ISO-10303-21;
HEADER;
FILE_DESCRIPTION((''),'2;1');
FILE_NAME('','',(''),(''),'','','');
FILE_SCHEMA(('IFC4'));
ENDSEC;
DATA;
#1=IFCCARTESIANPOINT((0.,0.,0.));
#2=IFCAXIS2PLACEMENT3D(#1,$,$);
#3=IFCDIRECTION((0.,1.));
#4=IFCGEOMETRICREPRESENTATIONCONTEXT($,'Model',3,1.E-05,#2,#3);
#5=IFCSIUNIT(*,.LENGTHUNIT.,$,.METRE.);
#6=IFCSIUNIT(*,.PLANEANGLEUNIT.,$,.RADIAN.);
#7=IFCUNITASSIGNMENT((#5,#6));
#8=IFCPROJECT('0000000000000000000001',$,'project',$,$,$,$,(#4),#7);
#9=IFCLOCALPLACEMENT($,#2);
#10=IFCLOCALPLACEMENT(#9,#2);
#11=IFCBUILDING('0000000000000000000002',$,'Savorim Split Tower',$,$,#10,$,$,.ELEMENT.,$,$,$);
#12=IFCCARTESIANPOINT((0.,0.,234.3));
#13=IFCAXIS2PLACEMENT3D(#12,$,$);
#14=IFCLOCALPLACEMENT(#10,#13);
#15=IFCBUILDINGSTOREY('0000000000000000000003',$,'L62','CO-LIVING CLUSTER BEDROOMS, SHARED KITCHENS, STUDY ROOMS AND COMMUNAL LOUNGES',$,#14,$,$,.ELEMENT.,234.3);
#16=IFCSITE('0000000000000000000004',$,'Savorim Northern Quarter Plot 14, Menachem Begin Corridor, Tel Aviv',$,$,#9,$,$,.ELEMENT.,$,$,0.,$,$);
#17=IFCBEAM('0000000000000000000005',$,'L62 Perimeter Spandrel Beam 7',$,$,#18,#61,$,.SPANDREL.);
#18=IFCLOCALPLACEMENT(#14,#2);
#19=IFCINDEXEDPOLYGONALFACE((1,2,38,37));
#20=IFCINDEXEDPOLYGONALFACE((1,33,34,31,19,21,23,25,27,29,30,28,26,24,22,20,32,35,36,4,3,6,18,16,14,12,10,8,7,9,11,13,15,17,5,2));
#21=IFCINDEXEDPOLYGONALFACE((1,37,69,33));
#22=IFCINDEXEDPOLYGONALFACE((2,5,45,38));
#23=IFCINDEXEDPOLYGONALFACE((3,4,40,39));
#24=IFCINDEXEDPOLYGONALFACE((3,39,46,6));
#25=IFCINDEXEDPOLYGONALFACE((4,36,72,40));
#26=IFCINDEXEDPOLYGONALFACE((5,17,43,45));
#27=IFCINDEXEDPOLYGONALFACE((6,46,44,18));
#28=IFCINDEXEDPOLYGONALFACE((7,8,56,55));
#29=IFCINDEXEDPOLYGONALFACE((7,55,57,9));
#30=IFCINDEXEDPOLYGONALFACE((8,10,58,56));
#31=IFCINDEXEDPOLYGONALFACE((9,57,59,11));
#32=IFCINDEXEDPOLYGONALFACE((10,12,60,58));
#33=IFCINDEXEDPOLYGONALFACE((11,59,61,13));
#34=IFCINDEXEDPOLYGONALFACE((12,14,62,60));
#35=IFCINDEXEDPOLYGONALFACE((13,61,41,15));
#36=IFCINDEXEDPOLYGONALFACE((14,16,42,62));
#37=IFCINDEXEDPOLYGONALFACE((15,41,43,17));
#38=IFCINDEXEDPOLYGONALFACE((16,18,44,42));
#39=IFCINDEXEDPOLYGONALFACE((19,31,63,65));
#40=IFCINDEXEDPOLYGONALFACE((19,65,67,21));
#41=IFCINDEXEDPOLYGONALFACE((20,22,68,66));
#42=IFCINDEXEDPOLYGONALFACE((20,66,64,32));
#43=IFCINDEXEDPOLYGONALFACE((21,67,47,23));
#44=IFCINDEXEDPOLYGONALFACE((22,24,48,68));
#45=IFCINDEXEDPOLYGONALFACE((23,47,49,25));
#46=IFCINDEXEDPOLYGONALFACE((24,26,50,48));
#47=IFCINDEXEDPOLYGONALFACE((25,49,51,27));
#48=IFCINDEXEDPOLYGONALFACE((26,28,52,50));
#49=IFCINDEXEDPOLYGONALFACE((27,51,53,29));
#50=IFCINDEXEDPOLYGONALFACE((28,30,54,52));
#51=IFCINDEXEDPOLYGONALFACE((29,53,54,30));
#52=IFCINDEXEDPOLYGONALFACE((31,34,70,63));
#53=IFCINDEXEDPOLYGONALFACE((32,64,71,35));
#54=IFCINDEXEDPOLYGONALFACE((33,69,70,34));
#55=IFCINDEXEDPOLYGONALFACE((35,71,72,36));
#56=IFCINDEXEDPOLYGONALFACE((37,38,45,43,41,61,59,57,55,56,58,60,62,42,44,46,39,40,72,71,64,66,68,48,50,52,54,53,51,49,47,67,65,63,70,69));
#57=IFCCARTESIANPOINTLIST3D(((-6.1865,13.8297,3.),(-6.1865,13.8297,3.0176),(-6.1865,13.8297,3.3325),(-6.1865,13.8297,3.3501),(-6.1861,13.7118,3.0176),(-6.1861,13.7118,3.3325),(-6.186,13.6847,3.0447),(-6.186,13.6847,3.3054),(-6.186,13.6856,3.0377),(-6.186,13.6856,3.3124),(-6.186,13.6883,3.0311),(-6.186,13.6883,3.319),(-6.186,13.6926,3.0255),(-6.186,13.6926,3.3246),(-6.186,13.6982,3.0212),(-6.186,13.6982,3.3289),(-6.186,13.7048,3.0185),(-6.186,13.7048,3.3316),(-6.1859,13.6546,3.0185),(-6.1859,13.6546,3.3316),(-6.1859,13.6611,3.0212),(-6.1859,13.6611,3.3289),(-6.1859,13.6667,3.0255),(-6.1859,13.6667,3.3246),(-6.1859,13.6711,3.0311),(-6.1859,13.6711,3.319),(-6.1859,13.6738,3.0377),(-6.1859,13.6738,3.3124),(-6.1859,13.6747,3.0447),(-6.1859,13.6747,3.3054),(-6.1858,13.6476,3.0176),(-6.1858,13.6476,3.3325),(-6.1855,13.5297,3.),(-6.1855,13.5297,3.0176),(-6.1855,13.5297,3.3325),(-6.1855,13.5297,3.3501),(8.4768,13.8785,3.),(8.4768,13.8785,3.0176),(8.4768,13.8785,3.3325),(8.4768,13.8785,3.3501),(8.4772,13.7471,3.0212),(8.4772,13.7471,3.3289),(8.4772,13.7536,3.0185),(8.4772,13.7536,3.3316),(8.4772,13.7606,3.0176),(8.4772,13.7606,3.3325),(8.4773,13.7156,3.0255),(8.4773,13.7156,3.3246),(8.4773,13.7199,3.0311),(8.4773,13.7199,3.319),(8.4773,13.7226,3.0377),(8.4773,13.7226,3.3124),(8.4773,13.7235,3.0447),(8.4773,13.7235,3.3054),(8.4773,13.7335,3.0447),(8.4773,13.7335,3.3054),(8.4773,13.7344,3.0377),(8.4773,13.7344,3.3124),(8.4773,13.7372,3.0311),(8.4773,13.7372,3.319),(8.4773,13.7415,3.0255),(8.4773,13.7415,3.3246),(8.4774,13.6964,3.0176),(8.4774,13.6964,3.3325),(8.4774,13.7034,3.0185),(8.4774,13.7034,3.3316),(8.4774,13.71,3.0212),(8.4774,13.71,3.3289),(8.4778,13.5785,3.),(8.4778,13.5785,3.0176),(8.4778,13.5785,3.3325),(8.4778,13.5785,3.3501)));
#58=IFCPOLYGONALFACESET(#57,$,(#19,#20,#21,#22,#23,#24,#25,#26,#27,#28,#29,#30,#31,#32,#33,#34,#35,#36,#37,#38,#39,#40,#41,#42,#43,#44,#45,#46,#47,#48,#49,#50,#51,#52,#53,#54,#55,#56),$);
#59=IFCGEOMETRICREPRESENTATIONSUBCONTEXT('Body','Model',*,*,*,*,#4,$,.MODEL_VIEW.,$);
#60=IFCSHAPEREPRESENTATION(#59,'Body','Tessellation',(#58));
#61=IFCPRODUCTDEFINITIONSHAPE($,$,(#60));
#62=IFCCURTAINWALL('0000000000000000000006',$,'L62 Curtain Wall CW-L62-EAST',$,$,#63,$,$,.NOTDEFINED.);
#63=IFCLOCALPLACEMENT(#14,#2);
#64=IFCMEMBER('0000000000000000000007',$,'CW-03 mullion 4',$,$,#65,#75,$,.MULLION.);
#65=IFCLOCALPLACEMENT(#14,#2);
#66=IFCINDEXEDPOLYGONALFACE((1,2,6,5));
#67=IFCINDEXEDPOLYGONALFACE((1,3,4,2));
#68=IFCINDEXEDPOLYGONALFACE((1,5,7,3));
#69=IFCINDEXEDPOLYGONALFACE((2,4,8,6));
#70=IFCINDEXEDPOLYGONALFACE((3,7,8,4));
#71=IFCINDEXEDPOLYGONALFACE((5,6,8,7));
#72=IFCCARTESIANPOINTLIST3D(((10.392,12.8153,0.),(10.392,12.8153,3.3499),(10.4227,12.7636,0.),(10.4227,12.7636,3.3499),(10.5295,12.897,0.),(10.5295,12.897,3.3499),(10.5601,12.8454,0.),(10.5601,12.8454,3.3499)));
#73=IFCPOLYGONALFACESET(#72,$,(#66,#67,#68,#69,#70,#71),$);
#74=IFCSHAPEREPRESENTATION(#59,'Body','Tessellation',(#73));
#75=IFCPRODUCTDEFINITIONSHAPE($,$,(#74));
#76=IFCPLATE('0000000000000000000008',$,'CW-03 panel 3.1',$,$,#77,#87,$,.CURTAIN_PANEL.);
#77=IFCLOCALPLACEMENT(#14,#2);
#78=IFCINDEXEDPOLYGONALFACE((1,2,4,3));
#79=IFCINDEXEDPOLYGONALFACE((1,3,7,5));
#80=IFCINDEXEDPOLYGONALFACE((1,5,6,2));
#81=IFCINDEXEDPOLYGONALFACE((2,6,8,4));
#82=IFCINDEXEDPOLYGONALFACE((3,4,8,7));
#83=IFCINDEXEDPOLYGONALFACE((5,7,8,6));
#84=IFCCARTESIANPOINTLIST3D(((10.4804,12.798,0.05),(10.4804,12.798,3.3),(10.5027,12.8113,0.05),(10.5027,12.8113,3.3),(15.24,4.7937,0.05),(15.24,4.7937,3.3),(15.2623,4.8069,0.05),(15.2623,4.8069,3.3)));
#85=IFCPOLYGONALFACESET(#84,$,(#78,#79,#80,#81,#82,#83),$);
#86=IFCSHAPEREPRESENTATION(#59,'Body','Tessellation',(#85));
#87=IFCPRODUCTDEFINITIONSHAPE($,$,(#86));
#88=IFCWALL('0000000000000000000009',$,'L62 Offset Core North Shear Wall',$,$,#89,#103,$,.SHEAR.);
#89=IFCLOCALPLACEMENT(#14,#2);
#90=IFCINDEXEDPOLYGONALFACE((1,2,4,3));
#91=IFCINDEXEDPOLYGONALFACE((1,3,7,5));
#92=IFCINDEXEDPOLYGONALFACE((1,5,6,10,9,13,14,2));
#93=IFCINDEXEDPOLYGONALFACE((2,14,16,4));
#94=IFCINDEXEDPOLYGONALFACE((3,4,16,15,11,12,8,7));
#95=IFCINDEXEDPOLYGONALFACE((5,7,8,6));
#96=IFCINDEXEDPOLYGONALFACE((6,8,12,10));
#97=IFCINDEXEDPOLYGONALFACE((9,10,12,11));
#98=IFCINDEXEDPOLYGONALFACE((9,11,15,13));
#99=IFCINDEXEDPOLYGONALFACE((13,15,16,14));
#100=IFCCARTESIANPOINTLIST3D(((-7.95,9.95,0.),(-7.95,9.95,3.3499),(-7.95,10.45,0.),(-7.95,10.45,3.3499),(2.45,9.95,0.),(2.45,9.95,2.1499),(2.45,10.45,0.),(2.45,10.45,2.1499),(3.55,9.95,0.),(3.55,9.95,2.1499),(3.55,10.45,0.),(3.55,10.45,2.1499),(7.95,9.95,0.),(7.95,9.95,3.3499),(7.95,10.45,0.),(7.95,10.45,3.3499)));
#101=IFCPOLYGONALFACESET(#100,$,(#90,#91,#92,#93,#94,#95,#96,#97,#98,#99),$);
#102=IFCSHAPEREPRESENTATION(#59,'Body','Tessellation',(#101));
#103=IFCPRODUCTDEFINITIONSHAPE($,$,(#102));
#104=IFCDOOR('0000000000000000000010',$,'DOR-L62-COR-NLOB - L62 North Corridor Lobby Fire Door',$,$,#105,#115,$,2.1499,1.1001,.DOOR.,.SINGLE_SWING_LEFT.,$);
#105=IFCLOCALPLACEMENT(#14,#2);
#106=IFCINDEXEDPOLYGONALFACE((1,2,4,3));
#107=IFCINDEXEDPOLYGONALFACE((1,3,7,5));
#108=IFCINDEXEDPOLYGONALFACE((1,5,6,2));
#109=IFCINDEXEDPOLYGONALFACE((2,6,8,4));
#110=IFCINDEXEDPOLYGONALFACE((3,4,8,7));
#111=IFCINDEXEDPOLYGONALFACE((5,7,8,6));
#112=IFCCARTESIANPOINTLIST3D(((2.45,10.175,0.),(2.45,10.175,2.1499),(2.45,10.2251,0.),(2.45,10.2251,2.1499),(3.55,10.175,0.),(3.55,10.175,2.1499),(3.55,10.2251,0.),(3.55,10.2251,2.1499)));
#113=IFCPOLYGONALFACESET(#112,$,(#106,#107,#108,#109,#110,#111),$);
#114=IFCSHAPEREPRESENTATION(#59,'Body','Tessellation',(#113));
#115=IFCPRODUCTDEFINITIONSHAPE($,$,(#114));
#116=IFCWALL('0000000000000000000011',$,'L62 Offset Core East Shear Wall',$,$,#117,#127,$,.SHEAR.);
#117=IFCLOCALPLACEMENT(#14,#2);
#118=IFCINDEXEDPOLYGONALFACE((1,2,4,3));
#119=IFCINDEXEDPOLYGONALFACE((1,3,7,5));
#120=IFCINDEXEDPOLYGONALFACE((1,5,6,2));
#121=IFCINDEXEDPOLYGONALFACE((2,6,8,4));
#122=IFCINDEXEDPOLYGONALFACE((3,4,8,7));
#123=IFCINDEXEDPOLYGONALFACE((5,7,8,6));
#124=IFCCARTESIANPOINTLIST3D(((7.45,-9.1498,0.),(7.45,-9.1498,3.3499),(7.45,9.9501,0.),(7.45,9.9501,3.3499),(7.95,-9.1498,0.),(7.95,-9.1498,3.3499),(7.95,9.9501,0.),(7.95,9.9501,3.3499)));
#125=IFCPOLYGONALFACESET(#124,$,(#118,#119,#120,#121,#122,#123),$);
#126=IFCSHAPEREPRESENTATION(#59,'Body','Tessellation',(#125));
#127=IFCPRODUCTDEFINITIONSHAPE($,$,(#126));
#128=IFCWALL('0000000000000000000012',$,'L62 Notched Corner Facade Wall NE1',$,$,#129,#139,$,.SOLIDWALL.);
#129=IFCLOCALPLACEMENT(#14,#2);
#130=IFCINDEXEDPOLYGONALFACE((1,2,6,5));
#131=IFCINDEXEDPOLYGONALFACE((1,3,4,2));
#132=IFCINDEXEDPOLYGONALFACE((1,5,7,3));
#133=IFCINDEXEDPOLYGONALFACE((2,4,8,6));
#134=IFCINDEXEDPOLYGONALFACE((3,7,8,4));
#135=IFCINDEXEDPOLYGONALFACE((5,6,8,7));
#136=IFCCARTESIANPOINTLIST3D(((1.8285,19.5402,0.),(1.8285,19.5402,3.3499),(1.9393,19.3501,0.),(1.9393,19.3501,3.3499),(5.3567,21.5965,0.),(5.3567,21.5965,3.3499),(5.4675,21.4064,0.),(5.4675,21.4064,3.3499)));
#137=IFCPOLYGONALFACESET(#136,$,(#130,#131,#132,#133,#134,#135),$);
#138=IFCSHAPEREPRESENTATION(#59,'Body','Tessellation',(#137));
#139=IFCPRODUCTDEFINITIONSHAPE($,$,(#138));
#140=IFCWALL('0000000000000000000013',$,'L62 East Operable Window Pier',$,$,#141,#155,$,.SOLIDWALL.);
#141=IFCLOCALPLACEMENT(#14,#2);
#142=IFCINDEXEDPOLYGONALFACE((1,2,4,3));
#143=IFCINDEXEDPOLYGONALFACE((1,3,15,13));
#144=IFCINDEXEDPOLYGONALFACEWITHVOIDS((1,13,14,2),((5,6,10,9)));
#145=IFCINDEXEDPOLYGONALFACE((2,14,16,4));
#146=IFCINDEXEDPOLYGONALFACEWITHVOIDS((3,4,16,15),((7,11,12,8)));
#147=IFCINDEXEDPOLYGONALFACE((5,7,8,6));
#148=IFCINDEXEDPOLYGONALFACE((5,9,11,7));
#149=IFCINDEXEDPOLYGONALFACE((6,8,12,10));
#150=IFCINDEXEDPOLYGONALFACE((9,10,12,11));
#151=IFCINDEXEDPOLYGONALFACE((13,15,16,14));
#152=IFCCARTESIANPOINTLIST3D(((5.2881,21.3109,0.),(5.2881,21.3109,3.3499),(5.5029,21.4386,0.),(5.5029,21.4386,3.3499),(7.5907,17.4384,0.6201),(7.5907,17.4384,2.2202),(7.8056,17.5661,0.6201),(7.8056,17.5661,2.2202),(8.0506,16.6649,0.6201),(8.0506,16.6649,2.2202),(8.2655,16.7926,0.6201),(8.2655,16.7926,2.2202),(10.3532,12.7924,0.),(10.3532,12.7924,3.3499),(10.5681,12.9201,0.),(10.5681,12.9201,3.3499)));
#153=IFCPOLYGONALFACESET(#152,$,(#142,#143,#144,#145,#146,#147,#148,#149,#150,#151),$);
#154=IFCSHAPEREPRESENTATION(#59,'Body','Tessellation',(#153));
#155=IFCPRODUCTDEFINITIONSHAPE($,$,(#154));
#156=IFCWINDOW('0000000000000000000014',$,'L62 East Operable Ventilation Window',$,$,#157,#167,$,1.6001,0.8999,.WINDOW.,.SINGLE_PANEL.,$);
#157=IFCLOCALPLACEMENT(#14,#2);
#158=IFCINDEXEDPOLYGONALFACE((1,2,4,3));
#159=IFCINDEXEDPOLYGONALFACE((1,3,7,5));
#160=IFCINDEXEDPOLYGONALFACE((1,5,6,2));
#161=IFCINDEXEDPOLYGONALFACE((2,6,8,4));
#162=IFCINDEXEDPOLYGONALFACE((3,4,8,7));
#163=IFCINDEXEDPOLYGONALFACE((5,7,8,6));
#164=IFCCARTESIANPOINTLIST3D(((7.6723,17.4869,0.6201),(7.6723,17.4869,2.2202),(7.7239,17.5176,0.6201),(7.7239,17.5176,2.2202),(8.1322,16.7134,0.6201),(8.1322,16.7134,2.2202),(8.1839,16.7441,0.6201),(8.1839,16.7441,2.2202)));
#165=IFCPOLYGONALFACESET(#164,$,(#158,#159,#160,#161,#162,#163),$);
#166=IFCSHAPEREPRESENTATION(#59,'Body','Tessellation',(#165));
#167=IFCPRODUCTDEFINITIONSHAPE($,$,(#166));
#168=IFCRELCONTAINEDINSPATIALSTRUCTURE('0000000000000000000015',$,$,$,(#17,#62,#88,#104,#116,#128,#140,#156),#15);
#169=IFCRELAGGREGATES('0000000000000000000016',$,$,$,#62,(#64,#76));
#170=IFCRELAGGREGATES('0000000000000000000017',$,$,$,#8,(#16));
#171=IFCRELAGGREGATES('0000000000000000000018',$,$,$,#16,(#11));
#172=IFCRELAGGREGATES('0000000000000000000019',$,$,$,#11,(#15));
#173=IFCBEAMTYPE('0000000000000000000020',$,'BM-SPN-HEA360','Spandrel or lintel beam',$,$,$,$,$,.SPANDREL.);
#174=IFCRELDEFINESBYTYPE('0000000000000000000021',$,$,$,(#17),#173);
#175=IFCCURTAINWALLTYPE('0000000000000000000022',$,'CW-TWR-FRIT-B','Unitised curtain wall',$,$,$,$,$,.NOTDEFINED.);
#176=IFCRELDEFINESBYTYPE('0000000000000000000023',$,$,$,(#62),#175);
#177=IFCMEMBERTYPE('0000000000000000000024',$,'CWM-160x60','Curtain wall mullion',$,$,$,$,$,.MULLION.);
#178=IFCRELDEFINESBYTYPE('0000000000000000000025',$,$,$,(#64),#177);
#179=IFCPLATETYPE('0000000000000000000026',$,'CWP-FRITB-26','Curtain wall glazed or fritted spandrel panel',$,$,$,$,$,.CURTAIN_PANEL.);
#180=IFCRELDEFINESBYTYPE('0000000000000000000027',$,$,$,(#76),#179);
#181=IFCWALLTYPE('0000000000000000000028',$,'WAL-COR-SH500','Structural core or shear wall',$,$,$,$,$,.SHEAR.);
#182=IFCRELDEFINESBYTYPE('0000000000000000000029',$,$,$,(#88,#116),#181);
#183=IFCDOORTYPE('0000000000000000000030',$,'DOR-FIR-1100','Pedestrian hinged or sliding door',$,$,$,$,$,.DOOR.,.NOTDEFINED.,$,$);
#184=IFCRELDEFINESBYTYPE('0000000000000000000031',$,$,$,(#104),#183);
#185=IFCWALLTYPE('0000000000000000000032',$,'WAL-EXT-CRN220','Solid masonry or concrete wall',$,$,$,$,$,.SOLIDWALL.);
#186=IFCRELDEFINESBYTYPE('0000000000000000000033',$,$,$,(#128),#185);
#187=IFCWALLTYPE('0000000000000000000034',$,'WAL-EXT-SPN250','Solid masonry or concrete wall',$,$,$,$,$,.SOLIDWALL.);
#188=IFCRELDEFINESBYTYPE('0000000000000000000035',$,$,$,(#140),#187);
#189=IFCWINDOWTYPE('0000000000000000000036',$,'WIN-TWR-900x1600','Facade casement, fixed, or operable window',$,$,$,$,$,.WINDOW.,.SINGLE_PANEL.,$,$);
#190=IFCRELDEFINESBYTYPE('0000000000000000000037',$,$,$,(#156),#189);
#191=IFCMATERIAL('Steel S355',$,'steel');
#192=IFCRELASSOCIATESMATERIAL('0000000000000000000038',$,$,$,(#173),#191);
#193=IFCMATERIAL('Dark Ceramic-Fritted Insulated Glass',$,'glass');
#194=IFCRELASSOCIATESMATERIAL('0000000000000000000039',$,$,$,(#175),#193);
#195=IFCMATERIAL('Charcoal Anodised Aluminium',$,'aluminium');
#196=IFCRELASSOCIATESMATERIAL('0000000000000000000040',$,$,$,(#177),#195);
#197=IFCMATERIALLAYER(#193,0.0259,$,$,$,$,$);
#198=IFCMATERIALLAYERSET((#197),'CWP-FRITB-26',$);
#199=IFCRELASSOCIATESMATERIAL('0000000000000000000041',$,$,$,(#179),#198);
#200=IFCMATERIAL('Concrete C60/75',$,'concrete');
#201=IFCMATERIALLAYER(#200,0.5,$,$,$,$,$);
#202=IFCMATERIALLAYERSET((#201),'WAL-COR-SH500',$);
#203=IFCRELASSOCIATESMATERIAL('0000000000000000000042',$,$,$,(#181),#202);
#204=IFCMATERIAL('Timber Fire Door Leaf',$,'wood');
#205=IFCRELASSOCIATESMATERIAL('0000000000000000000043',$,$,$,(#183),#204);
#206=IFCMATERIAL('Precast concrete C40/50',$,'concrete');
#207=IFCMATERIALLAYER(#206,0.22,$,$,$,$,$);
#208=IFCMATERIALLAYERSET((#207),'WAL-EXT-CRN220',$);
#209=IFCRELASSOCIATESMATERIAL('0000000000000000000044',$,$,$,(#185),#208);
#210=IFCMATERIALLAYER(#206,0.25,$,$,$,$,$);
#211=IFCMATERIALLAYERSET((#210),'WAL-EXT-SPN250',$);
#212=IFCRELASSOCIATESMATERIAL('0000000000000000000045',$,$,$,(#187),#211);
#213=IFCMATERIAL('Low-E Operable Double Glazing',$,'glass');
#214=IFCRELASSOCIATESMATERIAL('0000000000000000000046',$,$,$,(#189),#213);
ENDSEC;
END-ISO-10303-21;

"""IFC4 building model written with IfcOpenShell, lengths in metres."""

from ifc_helpers import new_model, si_unit, direction, frame, frame_2d, origin, origin_2d, place, context, subcontext, project, spatial, rectangle, i_section, extrude, material, layer, layer_set, material_profile, profile_set, type_object, element, fill, aggregate, save


model = new_model("IFC4")

# Units and contexts
model_context = context("Model", 3, precision=1e-05, world=origin(), true_north=direction((0.0, 1.0)))
body_context = subcontext(model_context, "Body", "Model", "MODEL_VIEW")
ifc_project = project(units=[si_unit("LENGTHUNIT", "METRE"), si_unit("PLANEANGLEUNIT", "RADIAN")], contexts=[model_context])

# Site, building, storey
site_placement = place(None, origin())
site = spatial("IfcSite", under=ifc_project, at=site_placement, Name="Savorim Northern Quarter Plot 14, Menachem Begin Corridor, Tel Aviv", CompositionType="ELEMENT", RefElevation=0.0)
building_placement = place(site_placement, origin())
building = spatial("IfcBuilding", under=site, at=building_placement, Name="Savorim Split Tower", CompositionType="ELEMENT")
storey_placement = place(building_placement, frame((0.0, 0.0, 234.3)))
storey = spatial("IfcBuildingStorey", under=building, at=storey_placement, Name="L62", Description="CO-LIVING CLUSTER BEDROOMS, SHARED KITCHENS, STUDY ROOMS AND COMMUNAL LOUNGES", CompositionType="ELEMENT", Elevation=234.3)

# Shared definitions
ifc_material_1 = material(Name="Steel S355", Category="steel")

# Beam
ifc_material_profile_1 = material_profile(ifc_material_1, i_section(OverallWidth=0.3, OverallDepth=0.3501, WebThickness=0.01, FlangeThickness=0.0176, FilletRadius=0.0271, at=origin_2d()), Name="HEA 360")
ifc_profile_set_1 = profile_set([ifc_material_profile_1], Name="Steel S355")
beam_type_1 = type_object("IfcBeamType", Name="BM-SPN-HEA360", Description="Spandrel or lintel beam", PredefinedType="SPANDREL", material=ifc_profile_set_1)
beam_1_placement = place(storey_placement, frame((8.4773, 13.7285, 3.175), z_axis=(-0.999994, -0.00333, 0.0), x_axis=(0.00333, -0.999994, 0.0)))
element("IfcBeam", 1, at=beam_1_placement, inside=storey, type_object=beam_type_1, Name="L62 Perimeter Spandrel Beam 7", PredefinedType="SPANDREL", context=body_context, shape_type="SweptSolid", body=[
    extrude(i_section(OverallWidth=0.3, OverallDepth=0.3501, WebThickness=0.01, FlangeThickness=0.0176, FilletRadius=0.0271, at=origin_2d()), origin(), (0.0, 0.0, 1.0), 14.6633),
])

# Curtain wall, member, plate
ifc_material_2 = material(Name="Dark Ceramic-Fritted Insulated Glass", Category="glass")
curtain_wall_type = type_object("IfcCurtainWallType", Name="CW-TWR-FRIT-B", Description="Unitised curtain wall", PredefinedType="NOTDEFINED", material=ifc_material_2)
curtain_wall_placement = place(storey_placement, origin())
curtain_wall = element("IfcCurtainWall", 2, at=curtain_wall_placement, inside=storey, type_object=curtain_wall_type, Name="L62 Curtain Wall CW-L62-EAST", PredefinedType="NOTDEFINED")
ifc_material_3 = material(Name="Charcoal Anodised Aluminium", Category="aluminium")
ifc_material_profile_2 = material_profile(ifc_material_3, rectangle(XDim=0.1599, YDim=0.0601, at=origin_2d()), Name="ALU-M 160x60")
ifc_profile_set_2 = profile_set([ifc_material_profile_2], Name="Charcoal Anodised Aluminium")
member_type = type_object("IfcMemberType", Name="CWM-160x60", Description="Curtain wall mullion", PredefinedType="MULLION", material=ifc_profile_set_2)
member_placement = place(storey_placement, frame((10.4761, 12.8303, 0.0), z_axis=(0.0, 0.0, 1.0), x_axis=(-0.859524, -0.511096, 0.0)))
member = element("IfcMember", 3, at=member_placement, type_object=member_type, Name="CW-03 mullion 4", PredefinedType="MULLION", context=body_context, shape_type="SweptSolid", body=[
    extrude(rectangle(XDim=0.1599, YDim=0.0601, at=origin_2d()), origin(), (0.0, 0.0, 1.0), 3.3499),
])
ifc_layer_1 = layer(ifc_material_2, 0.0259)
ifc_layer_set_1 = layer_set([ifc_layer_1], Name="CWP-FRITB-26")
plate_type = type_object("IfcPlateType", Name="CWP-FRITB-26", Description="Curtain wall glazed or fritted spandrel panel", PredefinedType="CURTAIN_PANEL", material=ifc_layer_set_1)
plate_placement = place(storey_placement, frame((12.8713, 8.8025, 0.05), z_axis=(0.0, 0.0, 1.0), x_axis=(-0.511096, 0.859524, 0.0)))
plate = element("IfcPlate", 4, at=plate_placement, type_object=plate_type, Name="CW-03 panel 3.1", PredefinedType="CURTAIN_PANEL", context=body_context, shape_type="SweptSolid", body=[
    extrude(rectangle(XDim=9.3125, YDim=0.0259, at=origin_2d()), origin(), (0.0, 0.0, 1.0), 3.25),
])
aggregate(curtain_wall, [member, plate])

# Wall, opening, door
ifc_material_4 = material(Name="Concrete C60/75", Category="concrete")
ifc_layer_2 = layer(ifc_material_4, 0.5)
ifc_layer_set_2 = layer_set([ifc_layer_2], Name="WAL-COR-SH500")
wall_type_1 = type_object("IfcWallType", Name="WAL-COR-SH500", Description="Structural core or shear wall", PredefinedType="SHEAR", material=ifc_layer_set_2)
wall_1_placement = place(storey_placement, frame((7.95, 10.2, 0.0), z_axis=(0.0, 0.0, 1.0), x_axis=(-1.0, 0.0, 0.0)))
wall_1 = element("IfcWall", 5, at=wall_1_placement, inside=storey, type_object=wall_type_1, Name="L62 Offset Core North Shear Wall", PredefinedType="SHEAR", context=body_context, shape_type="SweptSolid", body=[
    extrude(rectangle(XDim=15.8999, YDim=0.5, at=frame_2d((7.95, 0.0))), origin(), (0.0, 0.0, 1.0), 3.3499),
])
opening_1_placement = place(wall_1_placement, frame((4.3999, 0.0, 0.0)))
opening_1 = element("IfcOpeningElement", 6, at=opening_1_placement, cuts=wall_1, PredefinedType="OPENING", context=body_context, shape_type="SweptSolid", body=[
    extrude(rectangle(XDim=1.1001, YDim=2.1499, at=frame_2d((0.55, 1.075))), frame((0.0, 0.26, 0.0), z_axis=(0.0, -1.0, 0.0), x_axis=(1.0, 0.0, 0.0)), (0.0, 0.0, 1.0), 0.52),
])
ifc_material_5 = material(Name="Timber Fire Door Leaf", Category="wood")
door_type_1 = type_object("IfcDoorType", Name="DOR-FIR-1100", Description="Pedestrian hinged or sliding door", OperationType="NOTDEFINED", PredefinedType="DOOR", material=ifc_material_5)
door_1_placement = place(opening_1_placement, origin())
door_1 = element("IfcDoor", 7, at=door_1_placement, inside=storey, type_object=door_type_1, Name="DOR-L62-COR-NLOB - L62 North Corridor Lobby Fire Door", OperationType="SINGLE_SWING_LEFT", OverallHeight=2.1499, OverallWidth=1.1001, PredefinedType="DOOR", context=body_context, shape_type="SweptSolid", body=[
    extrude(rectangle(XDim=1.1001, YDim=2.1499, at=frame_2d((0.55, 1.075))), frame((0.0, 0.0249, 0.0), z_axis=(0.0, -1.0, 0.0), x_axis=(1.0, 0.0, 0.0)), (0.0, 0.0, 1.0), 0.05),
])
fill(opening_1, door_1)

# Walls
wall_2_placement = place(storey_placement, frame((7.7, 9.95, 0.0), z_axis=(0.0, 0.0, 1.0), x_axis=(0.0, -1.0, 0.0)))
element("IfcWall", 8, at=wall_2_placement, inside=storey, type_object=wall_type_1, Name="L62 Offset Core East Shear Wall", PredefinedType="SHEAR", context=body_context, shape_type="SweptSolid", body=[
    extrude(rectangle(XDim=19.0999, YDim=0.5, at=frame_2d((9.5498, 0.0))), origin(), (0.0, 0.0, 1.0), 3.3499),
])
ifc_material_6 = material(Name="Precast concrete C40/50", Category="concrete")
ifc_layer_3 = layer(ifc_material_6, 0.22)
ifc_layer_set_3 = layer_set([ifc_layer_3], Name="WAL-EXT-CRN220")
wall_type_2 = type_object("IfcWallType", Name="WAL-EXT-CRN220", Description="Solid masonry or concrete wall", PredefinedType="SOLIDWALL", material=ifc_layer_set_3)
wall_3_placement = place(storey_placement, frame((1.8838, 19.4451, 0.0), z_axis=(0.0, 0.0, 1.0), x_axis=(0.86397, 0.503544, 0.0)))
element("IfcWall", 9, at=wall_3_placement, inside=storey, type_object=wall_type_2, Name="L62 Notched Corner Facade Wall NE1", PredefinedType="SOLIDWALL", context=body_context, shape_type="SweptSolid", body=[
    extrude(rectangle(XDim=4.0837, YDim=0.22, at=frame_2d((2.042, 0.0))), origin(), (0.0, 0.0, 1.0), 3.3499),
])

# Wall, opening, window
ifc_layer_4 = layer(ifc_material_6, 0.25)
ifc_layer_set_4 = layer_set([ifc_layer_4], Name="WAL-EXT-SPN250")
wall_type_3 = type_object("IfcWallType", Name="WAL-EXT-SPN250", Description="Solid masonry or concrete wall", PredefinedType="SOLIDWALL", material=ifc_layer_set_4)
wall_4_placement = place(storey_placement, frame((5.3955, 21.3748, 0.0), z_axis=(0.0, 0.0, 1.0), x_axis=(0.511083, -0.859532, 0.0)))
wall_4 = element("IfcWall", 10, at=wall_4_placement, inside=storey, type_object=wall_type_3, Name="L62 East Operable Window Pier", PredefinedType="SOLIDWALL", context=body_context, shape_type="SweptSolid", body=[
    extrude(rectangle(XDim=9.9106, YDim=0.25, at=frame_2d((4.9553, 0.0))), origin(), (0.0, 0.0, 1.0), 3.3499),
])
opening_2_placement = place(wall_4_placement, frame((4.5054, 0.0, 0.6201)))
opening_2 = element("IfcOpeningElement", 11, at=opening_2_placement, cuts=wall_4, PredefinedType="OPENING", context=body_context, shape_type="SweptSolid", body=[
    extrude(rectangle(XDim=0.8999, YDim=1.6001, at=frame_2d((0.45, 0.8))), frame((0.0, 0.135, 0.0), z_axis=(0.0, -1.0, 0.0), x_axis=(1.0, 0.0, 0.0)), (0.0, 0.0, 1.0), 0.27),
])
ifc_material_7 = material(Name="Low-E Operable Double Glazing", Category="glass")
window_type = type_object("IfcWindowType", Name="WIN-TWR-900x1600", Description="Facade casement, fixed, or operable window", PartitioningType="SINGLE_PANEL", PredefinedType="WINDOW", material=ifc_material_7)
window_placement = place(opening_2_placement, origin())
window = element("IfcWindow", 12, at=window_placement, inside=storey, type_object=window_type, Name="L62 East Operable Ventilation Window", OverallHeight=1.6001, OverallWidth=0.8999, PartitioningType="SINGLE_PANEL", PredefinedType="WINDOW", context=body_context, shape_type="SweptSolid", body=[
    extrude(rectangle(XDim=0.8999, YDim=1.6001, at=frame_2d((0.45, 0.8))), frame((0.0, 0.03, 0.0), z_axis=(0.0, -1.0, 0.0), x_axis=(1.0, 0.0, 0.0)), (0.0, 0.0, 1.0), 0.0601),
])
fill(opening_2, window)

save(model, "model.ifc")
